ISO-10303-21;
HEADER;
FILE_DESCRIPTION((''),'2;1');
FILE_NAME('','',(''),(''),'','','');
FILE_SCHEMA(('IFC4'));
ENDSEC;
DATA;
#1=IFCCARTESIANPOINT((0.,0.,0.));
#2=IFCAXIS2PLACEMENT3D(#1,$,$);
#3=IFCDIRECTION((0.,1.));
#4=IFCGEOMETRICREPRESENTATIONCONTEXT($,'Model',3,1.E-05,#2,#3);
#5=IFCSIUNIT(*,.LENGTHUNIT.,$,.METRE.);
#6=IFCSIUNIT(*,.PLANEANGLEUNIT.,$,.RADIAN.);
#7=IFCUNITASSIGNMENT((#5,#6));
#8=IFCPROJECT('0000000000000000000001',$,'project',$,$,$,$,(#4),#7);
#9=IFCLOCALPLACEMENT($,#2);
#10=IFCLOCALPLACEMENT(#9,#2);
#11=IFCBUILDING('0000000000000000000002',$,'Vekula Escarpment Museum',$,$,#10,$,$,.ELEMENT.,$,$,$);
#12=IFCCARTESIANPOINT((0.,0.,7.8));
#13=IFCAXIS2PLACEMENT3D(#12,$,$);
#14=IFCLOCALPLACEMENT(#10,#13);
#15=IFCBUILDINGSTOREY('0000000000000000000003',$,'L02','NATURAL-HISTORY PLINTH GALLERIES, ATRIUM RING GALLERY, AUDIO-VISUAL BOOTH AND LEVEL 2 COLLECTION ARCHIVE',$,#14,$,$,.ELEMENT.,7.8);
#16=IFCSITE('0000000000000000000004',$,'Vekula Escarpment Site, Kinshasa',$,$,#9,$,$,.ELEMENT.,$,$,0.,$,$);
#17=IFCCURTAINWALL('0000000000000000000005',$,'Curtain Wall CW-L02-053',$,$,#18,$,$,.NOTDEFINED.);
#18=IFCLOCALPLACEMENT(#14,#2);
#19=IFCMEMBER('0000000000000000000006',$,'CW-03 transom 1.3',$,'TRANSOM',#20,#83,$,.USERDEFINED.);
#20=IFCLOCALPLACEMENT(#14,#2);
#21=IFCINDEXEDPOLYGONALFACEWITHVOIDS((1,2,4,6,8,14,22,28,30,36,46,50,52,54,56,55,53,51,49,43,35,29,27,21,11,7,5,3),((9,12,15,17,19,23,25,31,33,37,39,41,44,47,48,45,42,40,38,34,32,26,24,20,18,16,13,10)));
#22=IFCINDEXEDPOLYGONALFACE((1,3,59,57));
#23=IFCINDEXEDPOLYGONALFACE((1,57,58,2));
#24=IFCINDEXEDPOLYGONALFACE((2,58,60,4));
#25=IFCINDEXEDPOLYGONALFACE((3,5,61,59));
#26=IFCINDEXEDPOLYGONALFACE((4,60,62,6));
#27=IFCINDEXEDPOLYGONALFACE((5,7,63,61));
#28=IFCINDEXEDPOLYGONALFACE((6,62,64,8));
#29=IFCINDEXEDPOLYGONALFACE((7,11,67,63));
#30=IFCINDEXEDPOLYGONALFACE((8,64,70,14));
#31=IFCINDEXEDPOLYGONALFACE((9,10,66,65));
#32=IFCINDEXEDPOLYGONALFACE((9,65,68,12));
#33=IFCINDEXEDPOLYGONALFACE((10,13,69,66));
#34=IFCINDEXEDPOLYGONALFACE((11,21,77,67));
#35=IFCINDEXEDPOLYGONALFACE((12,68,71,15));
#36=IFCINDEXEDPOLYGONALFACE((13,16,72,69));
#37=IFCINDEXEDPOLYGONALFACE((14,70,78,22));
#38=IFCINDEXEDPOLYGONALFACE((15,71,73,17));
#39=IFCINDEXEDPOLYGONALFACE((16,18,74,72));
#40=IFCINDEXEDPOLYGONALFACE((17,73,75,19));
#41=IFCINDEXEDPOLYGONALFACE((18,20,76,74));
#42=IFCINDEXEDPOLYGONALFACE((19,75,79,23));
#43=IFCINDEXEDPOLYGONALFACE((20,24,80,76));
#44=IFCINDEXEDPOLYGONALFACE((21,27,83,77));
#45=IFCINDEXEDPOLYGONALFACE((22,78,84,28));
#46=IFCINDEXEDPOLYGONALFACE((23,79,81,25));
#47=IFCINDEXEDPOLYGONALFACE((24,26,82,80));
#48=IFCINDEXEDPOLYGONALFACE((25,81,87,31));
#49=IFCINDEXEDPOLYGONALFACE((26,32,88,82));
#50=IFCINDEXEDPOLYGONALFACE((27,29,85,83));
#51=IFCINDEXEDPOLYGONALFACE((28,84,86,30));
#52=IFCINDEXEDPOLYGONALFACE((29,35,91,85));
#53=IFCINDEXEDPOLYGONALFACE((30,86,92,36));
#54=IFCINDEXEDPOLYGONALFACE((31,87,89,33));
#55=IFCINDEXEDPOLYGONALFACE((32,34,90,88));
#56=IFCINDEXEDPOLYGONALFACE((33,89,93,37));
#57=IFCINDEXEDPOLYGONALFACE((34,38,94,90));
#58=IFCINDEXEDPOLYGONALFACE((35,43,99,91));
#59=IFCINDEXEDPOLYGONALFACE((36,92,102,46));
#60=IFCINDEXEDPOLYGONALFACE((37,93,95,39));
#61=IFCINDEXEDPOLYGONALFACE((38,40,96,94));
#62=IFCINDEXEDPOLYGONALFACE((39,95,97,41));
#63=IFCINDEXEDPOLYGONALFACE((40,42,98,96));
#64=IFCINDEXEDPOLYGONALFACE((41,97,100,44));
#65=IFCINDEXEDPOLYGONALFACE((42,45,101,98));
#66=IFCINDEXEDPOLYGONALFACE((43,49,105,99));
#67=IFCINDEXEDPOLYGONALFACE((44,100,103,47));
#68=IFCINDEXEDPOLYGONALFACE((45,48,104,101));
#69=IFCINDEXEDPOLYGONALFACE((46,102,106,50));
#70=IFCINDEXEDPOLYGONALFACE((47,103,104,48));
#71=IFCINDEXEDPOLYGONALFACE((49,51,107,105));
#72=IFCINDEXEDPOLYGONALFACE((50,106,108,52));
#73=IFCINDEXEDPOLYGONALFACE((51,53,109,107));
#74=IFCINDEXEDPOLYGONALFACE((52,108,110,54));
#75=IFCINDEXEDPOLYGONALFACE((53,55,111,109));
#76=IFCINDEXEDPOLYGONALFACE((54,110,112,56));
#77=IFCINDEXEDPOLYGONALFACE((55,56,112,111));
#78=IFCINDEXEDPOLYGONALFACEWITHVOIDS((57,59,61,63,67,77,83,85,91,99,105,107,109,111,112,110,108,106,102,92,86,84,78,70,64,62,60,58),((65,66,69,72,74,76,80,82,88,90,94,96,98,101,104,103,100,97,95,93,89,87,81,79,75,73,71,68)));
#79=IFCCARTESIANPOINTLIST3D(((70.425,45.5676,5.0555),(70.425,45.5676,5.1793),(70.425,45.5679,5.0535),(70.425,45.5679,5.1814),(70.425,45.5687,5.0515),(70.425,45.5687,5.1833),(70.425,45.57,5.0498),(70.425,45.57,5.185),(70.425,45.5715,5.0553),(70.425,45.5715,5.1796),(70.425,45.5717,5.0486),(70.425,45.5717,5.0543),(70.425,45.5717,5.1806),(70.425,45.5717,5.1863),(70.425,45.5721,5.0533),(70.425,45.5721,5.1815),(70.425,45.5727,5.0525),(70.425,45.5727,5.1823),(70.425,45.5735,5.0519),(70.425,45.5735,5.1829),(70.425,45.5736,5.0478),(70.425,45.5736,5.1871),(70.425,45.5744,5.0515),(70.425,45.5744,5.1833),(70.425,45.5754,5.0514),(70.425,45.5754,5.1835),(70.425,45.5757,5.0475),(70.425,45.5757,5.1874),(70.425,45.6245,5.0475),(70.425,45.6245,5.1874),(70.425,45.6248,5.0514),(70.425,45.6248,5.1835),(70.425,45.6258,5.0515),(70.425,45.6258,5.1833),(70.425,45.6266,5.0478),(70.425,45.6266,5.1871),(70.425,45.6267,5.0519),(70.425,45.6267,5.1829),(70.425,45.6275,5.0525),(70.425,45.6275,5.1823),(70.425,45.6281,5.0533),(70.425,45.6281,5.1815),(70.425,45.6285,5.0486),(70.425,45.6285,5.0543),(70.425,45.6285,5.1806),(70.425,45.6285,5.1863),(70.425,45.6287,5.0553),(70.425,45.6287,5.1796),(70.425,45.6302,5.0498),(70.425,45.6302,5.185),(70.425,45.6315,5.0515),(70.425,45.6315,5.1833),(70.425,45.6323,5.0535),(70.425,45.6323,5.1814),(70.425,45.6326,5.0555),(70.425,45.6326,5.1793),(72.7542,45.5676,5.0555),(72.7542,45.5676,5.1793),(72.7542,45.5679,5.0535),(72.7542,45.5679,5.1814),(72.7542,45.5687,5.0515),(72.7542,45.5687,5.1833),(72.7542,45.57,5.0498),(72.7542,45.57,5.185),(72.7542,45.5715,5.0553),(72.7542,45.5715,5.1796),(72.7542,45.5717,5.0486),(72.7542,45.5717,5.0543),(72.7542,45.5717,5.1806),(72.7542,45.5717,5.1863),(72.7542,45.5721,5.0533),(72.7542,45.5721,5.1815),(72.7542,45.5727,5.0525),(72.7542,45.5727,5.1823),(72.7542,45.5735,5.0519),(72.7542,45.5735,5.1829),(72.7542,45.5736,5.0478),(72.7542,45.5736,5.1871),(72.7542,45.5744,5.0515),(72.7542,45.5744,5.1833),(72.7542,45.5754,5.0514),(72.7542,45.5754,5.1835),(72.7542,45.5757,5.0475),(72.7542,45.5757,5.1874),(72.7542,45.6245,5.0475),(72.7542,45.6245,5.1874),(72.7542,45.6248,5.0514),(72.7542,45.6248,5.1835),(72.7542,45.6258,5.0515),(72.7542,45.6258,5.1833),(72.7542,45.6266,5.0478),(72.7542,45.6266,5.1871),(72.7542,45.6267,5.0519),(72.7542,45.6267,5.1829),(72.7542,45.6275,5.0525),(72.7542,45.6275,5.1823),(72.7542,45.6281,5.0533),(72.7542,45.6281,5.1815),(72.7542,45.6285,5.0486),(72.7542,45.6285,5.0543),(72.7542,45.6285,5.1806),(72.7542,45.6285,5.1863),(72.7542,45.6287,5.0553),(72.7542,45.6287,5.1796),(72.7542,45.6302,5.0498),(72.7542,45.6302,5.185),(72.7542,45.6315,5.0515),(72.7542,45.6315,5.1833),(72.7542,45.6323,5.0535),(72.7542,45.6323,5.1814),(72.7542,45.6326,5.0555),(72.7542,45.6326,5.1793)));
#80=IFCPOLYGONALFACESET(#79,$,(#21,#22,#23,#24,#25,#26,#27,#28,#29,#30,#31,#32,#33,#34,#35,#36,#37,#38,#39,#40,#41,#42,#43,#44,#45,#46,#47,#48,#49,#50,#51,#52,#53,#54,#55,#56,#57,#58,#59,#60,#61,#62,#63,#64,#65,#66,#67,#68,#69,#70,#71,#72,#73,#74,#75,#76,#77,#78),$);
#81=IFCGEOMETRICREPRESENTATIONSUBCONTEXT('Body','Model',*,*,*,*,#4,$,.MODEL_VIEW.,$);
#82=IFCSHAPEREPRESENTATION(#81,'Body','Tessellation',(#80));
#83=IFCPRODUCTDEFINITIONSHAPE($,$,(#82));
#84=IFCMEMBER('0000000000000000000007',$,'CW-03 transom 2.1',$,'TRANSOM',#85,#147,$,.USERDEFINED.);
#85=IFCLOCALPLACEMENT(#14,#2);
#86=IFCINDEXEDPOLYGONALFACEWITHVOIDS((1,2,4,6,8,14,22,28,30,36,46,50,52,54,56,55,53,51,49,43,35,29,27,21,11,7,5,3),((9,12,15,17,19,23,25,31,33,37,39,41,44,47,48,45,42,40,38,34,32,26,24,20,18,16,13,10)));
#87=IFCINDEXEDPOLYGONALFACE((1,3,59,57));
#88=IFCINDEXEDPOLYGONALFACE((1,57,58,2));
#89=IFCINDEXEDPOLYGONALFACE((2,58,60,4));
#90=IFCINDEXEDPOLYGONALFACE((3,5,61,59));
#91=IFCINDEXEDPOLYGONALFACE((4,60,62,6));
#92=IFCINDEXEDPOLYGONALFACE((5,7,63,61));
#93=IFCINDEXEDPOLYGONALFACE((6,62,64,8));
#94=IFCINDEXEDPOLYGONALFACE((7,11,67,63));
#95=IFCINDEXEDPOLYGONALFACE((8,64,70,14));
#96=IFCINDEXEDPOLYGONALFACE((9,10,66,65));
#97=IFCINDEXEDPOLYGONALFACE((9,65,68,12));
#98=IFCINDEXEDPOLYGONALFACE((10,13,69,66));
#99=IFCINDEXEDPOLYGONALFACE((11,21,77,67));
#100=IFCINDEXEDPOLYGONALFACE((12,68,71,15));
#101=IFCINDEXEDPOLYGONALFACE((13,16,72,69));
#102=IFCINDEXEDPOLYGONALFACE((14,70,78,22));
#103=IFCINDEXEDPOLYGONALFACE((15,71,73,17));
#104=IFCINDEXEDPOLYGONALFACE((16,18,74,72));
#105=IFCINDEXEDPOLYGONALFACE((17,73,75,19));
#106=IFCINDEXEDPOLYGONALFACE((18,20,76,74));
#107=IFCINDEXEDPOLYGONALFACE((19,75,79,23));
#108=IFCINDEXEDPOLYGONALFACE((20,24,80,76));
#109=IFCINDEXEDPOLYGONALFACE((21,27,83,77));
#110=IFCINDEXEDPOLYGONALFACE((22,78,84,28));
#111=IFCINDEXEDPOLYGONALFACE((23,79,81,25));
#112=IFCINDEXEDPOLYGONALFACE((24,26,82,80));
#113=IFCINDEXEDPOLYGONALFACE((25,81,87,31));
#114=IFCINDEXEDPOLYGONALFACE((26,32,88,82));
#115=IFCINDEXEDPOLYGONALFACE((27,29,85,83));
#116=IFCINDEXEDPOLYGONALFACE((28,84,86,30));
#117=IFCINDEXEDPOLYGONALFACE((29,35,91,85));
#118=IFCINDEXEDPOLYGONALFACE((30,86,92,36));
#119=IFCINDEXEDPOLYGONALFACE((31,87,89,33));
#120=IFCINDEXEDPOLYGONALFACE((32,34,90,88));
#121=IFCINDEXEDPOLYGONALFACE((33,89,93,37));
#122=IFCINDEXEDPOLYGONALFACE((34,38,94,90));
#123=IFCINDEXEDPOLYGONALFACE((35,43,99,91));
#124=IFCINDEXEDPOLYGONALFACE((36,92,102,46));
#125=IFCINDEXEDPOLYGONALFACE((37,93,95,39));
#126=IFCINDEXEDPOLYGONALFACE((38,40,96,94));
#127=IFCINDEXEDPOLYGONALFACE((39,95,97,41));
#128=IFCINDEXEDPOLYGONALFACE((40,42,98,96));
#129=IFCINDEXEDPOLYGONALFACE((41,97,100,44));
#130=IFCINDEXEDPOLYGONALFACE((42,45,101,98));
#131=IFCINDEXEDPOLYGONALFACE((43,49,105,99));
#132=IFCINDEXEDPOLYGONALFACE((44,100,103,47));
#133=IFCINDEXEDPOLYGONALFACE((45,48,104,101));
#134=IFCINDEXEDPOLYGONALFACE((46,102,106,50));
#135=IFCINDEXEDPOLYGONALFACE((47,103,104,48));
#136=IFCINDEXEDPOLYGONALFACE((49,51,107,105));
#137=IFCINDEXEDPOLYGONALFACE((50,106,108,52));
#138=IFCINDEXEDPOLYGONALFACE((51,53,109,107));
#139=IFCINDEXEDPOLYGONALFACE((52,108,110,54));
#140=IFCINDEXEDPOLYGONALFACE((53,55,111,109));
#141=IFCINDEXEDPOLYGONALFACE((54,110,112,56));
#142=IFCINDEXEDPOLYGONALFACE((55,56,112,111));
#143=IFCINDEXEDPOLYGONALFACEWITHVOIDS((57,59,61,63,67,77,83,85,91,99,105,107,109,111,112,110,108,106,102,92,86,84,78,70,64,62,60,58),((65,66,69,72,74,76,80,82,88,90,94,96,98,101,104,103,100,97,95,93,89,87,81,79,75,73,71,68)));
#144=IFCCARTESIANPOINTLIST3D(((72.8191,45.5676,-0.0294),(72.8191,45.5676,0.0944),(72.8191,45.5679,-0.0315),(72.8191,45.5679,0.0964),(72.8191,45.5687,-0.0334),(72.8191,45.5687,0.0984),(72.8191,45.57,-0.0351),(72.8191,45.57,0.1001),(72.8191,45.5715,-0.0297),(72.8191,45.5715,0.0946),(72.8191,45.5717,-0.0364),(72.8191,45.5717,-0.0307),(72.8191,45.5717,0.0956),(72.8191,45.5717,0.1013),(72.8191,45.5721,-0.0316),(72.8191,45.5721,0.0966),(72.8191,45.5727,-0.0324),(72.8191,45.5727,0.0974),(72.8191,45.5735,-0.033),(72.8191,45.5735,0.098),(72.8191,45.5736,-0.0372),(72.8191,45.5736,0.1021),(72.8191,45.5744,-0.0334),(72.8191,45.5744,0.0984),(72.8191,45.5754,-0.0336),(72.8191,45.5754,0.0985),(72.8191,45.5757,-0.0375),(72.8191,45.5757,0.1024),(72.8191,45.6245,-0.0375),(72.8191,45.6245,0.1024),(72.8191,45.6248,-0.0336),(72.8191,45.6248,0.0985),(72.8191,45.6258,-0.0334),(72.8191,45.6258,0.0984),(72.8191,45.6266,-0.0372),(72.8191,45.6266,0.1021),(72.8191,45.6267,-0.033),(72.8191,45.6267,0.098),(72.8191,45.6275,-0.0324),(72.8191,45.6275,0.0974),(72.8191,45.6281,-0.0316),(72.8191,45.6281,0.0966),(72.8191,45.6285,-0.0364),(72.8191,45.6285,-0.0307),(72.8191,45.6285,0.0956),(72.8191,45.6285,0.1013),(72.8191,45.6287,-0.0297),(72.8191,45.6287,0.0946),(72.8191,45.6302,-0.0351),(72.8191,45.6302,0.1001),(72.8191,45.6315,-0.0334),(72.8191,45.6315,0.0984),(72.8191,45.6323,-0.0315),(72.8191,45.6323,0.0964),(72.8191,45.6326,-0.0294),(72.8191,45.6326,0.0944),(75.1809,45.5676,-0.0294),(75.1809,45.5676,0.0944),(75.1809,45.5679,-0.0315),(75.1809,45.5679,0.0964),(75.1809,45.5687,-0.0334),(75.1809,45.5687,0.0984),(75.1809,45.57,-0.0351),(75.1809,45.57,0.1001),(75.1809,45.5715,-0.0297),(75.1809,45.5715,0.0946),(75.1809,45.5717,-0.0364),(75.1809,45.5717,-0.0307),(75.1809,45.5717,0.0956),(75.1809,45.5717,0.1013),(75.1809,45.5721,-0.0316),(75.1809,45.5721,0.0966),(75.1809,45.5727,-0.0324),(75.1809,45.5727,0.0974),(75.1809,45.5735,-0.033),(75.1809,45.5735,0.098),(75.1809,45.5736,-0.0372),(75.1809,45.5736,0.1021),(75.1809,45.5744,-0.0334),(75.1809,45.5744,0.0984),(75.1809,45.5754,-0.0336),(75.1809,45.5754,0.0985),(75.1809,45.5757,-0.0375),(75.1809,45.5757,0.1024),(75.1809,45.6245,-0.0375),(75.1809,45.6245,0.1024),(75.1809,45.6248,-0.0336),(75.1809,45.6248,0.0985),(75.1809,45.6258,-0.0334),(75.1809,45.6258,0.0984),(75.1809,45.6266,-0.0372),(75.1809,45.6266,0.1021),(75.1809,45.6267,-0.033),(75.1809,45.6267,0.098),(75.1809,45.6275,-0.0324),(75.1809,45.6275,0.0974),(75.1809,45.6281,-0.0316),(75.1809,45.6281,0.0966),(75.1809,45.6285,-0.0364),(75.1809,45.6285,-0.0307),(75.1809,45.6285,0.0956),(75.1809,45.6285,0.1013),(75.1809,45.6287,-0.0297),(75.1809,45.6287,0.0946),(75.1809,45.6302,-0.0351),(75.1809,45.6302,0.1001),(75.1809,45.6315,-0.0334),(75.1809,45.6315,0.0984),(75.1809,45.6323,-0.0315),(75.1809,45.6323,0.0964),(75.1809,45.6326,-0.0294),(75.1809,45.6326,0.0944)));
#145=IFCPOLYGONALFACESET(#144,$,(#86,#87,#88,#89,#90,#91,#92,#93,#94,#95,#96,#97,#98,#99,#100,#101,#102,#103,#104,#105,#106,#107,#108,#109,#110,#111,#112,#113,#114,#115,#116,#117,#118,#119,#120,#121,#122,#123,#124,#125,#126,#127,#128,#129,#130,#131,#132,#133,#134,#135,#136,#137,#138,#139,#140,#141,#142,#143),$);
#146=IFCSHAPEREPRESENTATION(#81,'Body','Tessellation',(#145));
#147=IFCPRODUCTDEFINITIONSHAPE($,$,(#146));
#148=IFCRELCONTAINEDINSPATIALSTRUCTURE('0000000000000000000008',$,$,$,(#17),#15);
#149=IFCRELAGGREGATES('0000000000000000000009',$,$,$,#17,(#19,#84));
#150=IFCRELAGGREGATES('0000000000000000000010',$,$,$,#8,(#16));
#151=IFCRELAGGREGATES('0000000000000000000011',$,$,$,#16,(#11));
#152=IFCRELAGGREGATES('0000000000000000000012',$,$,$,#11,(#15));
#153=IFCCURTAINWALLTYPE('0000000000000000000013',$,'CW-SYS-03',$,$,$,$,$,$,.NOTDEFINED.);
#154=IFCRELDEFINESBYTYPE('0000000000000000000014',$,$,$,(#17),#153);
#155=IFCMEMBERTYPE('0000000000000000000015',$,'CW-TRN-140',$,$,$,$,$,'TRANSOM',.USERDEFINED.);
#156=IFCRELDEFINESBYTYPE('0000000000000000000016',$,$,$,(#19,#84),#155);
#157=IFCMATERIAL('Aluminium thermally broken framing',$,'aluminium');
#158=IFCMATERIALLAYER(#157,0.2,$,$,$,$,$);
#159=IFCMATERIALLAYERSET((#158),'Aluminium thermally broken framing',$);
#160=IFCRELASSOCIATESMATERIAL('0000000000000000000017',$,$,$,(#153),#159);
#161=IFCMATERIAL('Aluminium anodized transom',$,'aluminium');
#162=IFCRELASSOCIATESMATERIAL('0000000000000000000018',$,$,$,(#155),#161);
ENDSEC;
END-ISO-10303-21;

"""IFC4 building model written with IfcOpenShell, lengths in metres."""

from ifc_helpers import new_model, si_unit, direction, frame, origin, origin_2d, place, context, subcontext, project, spatial, hollow_rectangle, extrude, material, layer, layer_set, material_profile, profile_set, type_object, element, aggregate, save


model = new_model("IFC4")

# Units and contexts
model_context = context("Model", 3, precision=1e-05, world=origin(), true_north=direction((0.0, 1.0)))
body_context = subcontext(model_context, "Body", "Model", "MODEL_VIEW")
ifc_project = project(units=[si_unit("LENGTHUNIT", "METRE"), si_unit("PLANEANGLEUNIT", "RADIAN")], contexts=[model_context])

# Site, building, storey
site_placement = place(None, origin())
site = spatial("IfcSite", under=ifc_project, at=site_placement, Name="Vekula Escarpment Site, Kinshasa", CompositionType="ELEMENT", RefElevation=0.0)
building_placement = place(site_placement, origin())
building = spatial("IfcBuilding", under=site, at=building_placement, Name="Vekula Escarpment Museum", CompositionType="ELEMENT")
storey_placement = place(building_placement, frame((0.0, 0.0, 7.8)))
storey = spatial("IfcBuildingStorey", under=building, at=storey_placement, Name="L02", Description="NATURAL-HISTORY PLINTH GALLERIES, ATRIUM RING GALLERY, AUDIO-VISUAL BOOTH AND LEVEL 2 COLLECTION ARCHIVE", CompositionType="ELEMENT", Elevation=7.8)

# Curtain wall
ifc_material_1 = material(Name="Aluminium thermally broken framing", Category="aluminium")
ifc_layer_1 = layer(ifc_material_1, 0.2)
ifc_layer_set_1 = layer_set([ifc_layer_1], Name="Aluminium thermally broken framing")
curtain_wall_type_1 = type_object("IfcCurtainWallType", Name="CW-SYS-03", PredefinedType="NOTDEFINED", material=ifc_layer_set_1)
curtain_wall_1_placement = place(storey_placement, origin())
curtain_wall_1 = element("IfcCurtainWall", 1, at=curtain_wall_1_placement, inside=storey, type_object=curtain_wall_type_1, Name="Curtain Wall CW-L02-053", PredefinedType="NOTDEFINED")

# Members
ifc_material_2 = material(Name="Aluminium anodized transom", Category="aluminium")
ifc_material_profile_1 = material_profile(ifc_material_2, hollow_rectangle(XDim=0.0649, YDim=0.1399, WallThickness=0.0039, InnerFilletRadius=0.0039, OuterFilletRadius=0.0081, at=origin_2d()), Name="ALU 140x65x4")
ifc_profile_set_1 = profile_set([ifc_material_profile_1], Name="Aluminium anodized transom")
member_type_1 = type_object("IfcMemberType", Name="CW-TRN-140", ElementType="TRANSOM", PredefinedType="USERDEFINED", material=ifc_profile_set_1)
member_1_placement = place(storey_placement, frame((70.425, 45.6001, 5.1174), z_axis=(1.0, 0.0, 0.0), x_axis=(0.0, 1.0, 0.0)))
member_1 = element("IfcMember", 2, at=member_1_placement, type_object=member_type_1, Name="CW-03 transom 1.3", ObjectType="TRANSOM", PredefinedType="USERDEFINED", context=body_context, shape_type="SweptSolid", body=[
    extrude(hollow_rectangle(XDim=0.0649, YDim=0.1399, WallThickness=0.0039, InnerFilletRadius=0.0039, OuterFilletRadius=0.0081, at=origin_2d()), origin(), (0.0, 0.0, 1.0), 2.3291),
])
member_2_placement = place(storey_placement, frame((72.8191, 45.6001, 0.0325), z_axis=(1.0, 0.0, 0.0), x_axis=(0.0, 1.0, 0.0)))
member_2 = element("IfcMember", 3, at=member_2_placement, type_object=member_type_1, Name="CW-03 transom 2.1", ObjectType="TRANSOM", PredefinedType="USERDEFINED", context=body_context, shape_type="SweptSolid", body=[
    extrude(hollow_rectangle(XDim=0.0649, YDim=0.1399, WallThickness=0.0039, InnerFilletRadius=0.0039, OuterFilletRadius=0.0081, at=origin_2d()), origin(), (0.0, 0.0, 1.0), 2.3618),
])

aggregate(curtain_wall_1, [member_1, member_2])

save(model, "model.ifc")
